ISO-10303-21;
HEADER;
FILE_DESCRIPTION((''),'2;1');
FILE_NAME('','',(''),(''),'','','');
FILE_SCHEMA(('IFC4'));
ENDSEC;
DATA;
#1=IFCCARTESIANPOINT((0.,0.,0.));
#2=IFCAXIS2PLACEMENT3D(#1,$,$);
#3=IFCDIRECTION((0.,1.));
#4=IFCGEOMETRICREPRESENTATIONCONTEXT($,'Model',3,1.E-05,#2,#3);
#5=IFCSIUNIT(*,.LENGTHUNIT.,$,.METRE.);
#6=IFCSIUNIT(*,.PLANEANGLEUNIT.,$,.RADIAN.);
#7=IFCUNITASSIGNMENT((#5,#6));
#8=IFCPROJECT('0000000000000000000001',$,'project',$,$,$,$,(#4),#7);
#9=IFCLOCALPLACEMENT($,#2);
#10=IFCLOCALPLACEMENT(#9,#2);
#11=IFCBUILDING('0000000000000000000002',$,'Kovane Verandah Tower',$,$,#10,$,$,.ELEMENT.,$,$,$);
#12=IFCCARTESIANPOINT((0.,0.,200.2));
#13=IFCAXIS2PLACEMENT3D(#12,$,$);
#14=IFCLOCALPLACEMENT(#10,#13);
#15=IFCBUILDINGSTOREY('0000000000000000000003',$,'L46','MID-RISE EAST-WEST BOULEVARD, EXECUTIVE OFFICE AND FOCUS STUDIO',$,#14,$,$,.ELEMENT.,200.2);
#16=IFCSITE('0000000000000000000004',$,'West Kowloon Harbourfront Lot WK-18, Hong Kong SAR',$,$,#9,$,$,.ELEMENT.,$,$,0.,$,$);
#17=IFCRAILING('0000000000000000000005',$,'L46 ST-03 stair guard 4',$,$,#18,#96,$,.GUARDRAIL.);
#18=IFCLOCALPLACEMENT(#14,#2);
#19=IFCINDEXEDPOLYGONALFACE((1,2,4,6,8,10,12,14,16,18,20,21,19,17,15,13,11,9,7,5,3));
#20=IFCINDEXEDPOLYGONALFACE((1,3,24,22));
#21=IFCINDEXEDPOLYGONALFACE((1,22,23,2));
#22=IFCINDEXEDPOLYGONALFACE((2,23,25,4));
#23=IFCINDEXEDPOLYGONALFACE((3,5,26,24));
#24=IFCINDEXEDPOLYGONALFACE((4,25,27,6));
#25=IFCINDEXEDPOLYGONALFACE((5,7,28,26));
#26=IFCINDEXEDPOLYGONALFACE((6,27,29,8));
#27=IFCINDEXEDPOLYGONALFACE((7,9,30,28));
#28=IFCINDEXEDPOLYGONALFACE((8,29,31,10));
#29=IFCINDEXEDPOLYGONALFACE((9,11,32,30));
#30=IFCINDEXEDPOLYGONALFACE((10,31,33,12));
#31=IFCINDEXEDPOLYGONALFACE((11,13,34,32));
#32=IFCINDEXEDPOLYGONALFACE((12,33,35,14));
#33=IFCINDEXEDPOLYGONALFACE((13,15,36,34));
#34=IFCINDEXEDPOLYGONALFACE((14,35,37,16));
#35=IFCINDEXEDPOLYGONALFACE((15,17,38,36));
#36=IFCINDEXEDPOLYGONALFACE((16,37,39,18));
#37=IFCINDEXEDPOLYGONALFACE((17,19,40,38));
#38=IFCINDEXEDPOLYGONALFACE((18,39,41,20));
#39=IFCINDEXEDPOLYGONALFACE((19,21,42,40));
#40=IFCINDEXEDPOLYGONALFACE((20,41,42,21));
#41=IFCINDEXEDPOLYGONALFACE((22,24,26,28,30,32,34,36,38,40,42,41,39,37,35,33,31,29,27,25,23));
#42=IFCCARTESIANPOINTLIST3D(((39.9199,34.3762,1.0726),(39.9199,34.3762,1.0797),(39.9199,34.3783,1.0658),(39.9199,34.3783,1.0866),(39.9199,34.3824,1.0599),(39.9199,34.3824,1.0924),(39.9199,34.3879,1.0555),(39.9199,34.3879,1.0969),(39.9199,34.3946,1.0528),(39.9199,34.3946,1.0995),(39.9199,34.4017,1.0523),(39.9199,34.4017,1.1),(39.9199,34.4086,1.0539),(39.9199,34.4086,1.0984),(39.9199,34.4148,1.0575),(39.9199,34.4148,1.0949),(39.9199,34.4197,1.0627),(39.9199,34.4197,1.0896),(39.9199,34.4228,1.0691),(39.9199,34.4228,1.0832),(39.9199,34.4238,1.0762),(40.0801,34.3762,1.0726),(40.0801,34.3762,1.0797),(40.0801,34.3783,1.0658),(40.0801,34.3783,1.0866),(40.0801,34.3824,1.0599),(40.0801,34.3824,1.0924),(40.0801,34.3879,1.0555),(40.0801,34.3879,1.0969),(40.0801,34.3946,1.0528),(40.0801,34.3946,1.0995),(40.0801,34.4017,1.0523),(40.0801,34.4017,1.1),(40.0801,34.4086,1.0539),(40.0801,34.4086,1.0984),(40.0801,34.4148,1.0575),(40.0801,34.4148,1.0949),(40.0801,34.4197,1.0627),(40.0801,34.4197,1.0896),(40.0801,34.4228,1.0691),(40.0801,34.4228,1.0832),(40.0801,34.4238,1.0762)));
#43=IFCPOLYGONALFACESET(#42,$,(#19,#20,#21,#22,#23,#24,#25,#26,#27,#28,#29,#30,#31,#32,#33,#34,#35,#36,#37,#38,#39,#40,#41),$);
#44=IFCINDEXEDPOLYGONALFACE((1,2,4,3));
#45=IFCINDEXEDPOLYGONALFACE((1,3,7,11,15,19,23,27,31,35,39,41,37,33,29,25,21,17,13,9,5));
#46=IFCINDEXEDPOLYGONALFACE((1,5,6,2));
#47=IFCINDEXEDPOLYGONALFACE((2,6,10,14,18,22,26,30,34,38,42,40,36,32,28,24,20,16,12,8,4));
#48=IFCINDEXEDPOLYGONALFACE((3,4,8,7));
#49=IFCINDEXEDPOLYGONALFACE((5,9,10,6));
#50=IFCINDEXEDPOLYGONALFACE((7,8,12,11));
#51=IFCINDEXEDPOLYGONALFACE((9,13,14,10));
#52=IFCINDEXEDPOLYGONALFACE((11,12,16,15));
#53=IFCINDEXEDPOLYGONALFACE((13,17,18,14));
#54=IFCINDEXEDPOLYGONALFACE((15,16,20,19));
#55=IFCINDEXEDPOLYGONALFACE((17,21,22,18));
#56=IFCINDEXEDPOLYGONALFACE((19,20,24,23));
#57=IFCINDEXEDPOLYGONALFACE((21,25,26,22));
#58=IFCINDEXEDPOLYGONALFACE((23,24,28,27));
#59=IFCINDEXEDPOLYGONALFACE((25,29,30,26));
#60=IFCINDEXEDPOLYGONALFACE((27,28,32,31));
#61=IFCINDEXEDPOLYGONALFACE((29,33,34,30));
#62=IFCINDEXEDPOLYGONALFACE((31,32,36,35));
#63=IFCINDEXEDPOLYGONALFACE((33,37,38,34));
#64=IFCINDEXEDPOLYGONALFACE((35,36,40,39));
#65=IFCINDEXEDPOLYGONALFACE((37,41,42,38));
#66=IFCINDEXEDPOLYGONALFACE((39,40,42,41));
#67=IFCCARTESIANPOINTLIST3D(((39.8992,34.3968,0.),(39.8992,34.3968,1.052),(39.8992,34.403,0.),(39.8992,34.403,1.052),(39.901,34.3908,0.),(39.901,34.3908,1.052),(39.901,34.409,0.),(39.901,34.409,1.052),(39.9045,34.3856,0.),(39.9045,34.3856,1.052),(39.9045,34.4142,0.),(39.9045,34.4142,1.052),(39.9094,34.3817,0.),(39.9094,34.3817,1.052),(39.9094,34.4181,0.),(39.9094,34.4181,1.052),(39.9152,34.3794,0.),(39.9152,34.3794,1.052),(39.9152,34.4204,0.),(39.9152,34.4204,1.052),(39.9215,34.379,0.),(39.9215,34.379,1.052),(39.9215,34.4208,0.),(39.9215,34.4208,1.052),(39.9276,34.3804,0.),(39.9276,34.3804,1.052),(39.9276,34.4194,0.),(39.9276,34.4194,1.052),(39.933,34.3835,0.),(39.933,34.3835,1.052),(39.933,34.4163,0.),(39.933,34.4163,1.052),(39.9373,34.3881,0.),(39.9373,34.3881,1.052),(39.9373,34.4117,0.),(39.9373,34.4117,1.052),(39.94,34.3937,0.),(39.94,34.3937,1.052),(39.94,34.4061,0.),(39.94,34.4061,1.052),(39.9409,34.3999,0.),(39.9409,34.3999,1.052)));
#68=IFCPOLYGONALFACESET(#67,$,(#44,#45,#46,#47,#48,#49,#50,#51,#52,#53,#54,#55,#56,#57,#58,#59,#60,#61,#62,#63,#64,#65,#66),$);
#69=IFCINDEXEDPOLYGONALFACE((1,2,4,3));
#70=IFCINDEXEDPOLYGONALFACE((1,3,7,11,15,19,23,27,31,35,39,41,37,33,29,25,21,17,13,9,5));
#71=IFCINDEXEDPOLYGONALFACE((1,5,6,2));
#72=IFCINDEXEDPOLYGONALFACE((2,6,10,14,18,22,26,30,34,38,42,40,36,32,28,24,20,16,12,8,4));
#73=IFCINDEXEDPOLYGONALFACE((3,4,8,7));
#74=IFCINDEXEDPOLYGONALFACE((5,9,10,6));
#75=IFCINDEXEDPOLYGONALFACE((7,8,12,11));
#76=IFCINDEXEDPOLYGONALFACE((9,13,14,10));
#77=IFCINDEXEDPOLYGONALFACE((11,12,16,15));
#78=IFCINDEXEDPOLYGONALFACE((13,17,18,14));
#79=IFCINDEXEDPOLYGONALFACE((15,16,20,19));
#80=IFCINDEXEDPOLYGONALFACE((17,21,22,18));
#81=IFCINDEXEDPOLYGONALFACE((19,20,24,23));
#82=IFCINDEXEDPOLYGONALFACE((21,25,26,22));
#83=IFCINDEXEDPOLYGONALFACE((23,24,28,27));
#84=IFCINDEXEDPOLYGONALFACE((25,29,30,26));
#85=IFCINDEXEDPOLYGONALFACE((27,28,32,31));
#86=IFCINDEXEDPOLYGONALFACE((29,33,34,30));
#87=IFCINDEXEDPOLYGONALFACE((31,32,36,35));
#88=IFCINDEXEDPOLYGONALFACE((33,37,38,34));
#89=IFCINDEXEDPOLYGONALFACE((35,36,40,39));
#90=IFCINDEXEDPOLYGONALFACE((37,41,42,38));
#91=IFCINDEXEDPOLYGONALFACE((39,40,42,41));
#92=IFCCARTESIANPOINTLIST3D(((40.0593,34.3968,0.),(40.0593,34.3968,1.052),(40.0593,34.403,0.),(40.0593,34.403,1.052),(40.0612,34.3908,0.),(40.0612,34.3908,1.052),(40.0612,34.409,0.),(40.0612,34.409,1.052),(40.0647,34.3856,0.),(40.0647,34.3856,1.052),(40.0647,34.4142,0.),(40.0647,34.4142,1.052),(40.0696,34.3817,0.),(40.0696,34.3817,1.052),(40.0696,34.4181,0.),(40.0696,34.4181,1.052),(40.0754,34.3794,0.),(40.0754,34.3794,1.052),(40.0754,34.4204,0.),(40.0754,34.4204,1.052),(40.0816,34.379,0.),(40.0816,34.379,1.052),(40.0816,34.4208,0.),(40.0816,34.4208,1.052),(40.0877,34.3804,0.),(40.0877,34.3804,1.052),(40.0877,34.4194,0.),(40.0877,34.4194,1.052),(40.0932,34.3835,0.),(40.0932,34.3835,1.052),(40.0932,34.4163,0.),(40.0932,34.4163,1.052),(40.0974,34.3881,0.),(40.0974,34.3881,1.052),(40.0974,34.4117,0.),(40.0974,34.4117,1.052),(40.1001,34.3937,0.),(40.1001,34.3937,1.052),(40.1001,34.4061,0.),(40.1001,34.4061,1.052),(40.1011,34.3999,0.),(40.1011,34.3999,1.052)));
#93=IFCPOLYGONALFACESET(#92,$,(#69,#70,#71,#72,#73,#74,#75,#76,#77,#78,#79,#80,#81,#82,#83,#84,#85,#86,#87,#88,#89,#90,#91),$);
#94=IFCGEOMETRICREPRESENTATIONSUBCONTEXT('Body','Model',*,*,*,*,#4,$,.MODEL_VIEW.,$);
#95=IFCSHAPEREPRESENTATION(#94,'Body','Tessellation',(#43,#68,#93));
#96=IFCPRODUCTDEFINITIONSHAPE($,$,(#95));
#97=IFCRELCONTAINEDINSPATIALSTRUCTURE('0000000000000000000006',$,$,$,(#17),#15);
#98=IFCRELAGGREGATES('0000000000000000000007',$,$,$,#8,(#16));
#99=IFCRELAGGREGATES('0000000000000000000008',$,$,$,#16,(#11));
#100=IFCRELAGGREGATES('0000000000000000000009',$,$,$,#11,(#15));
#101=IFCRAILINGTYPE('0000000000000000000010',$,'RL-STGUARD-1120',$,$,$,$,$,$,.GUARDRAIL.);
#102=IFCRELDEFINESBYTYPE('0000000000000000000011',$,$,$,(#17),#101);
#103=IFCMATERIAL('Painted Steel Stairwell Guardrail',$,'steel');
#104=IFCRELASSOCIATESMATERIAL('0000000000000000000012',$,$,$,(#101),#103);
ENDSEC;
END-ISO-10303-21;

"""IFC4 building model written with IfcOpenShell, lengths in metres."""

from ifc_helpers import new_model, si_unit, direction, frame, origin, origin_2d, place, context, subcontext, project, spatial, circle, extrude, material, type_object, element, save


model = new_model("IFC4")

# Units and contexts
model_context = context("Model", 3, precision=1e-05, world=origin(), true_north=direction((0.0, 1.0)))
body_context = subcontext(model_context, "Body", "Model", "MODEL_VIEW")
ifc_project = project(units=[si_unit("LENGTHUNIT", "METRE"), si_unit("PLANEANGLEUNIT", "RADIAN")], contexts=[model_context])

# Site, building, storey
site_placement = place(None, origin())
site = spatial("IfcSite", under=ifc_project, at=site_placement, Name="West Kowloon Harbourfront Lot WK-18, Hong Kong SAR", CompositionType="ELEMENT", RefElevation=0.0)
building_placement = place(site_placement, origin())
building = spatial("IfcBuilding", under=site, at=building_placement, Name="Kovane Verandah Tower", CompositionType="ELEMENT")
storey_placement = place(building_placement, frame((0.0, 0.0, 200.2)))
storey = spatial("IfcBuildingStorey", under=building, at=storey_placement, Name="L46", Description="MID-RISE EAST-WEST BOULEVARD, EXECUTIVE OFFICE AND FOCUS STUDIO", CompositionType="ELEMENT", Elevation=200.2)

# Railing
ifc_material_1 = material(Name="Painted Steel Stairwell Guardrail", Category="steel")
railing_type_1 = type_object("IfcRailingType", Name="RL-STGUARD-1120", PredefinedType="GUARDRAIL", material=ifc_material_1)
railing_1_placement = place(storey_placement, frame((39.9199, 34.3999, 0.0)))
element("IfcRailing", 1, at=railing_1_placement, inside=storey, type_object=railing_type_1, Name="L46 ST-03 stair guard 4", PredefinedType="GUARDRAIL", context=body_context, shape_type="SweptSolid", body=[
    extrude(circle(Radius=0.0239, at=origin_2d()), frame((0.0, 0.0, 1.0762), z_axis=(1.0, 0.0, 0.0), x_axis=(0.0, 1.0, 0.0)), (0.0, 0.0, 1.0), 0.1602),
    extrude(circle(Radius=0.021, at=origin_2d()), origin(), (0.0, 0.0, 1.0), 1.052),
    extrude(circle(Radius=0.021, at=origin_2d()), frame((0.1602, 0.0, 0.0)), (0.0, 0.0, 1.0), 1.052),
])

save(model, "model.ifc")
